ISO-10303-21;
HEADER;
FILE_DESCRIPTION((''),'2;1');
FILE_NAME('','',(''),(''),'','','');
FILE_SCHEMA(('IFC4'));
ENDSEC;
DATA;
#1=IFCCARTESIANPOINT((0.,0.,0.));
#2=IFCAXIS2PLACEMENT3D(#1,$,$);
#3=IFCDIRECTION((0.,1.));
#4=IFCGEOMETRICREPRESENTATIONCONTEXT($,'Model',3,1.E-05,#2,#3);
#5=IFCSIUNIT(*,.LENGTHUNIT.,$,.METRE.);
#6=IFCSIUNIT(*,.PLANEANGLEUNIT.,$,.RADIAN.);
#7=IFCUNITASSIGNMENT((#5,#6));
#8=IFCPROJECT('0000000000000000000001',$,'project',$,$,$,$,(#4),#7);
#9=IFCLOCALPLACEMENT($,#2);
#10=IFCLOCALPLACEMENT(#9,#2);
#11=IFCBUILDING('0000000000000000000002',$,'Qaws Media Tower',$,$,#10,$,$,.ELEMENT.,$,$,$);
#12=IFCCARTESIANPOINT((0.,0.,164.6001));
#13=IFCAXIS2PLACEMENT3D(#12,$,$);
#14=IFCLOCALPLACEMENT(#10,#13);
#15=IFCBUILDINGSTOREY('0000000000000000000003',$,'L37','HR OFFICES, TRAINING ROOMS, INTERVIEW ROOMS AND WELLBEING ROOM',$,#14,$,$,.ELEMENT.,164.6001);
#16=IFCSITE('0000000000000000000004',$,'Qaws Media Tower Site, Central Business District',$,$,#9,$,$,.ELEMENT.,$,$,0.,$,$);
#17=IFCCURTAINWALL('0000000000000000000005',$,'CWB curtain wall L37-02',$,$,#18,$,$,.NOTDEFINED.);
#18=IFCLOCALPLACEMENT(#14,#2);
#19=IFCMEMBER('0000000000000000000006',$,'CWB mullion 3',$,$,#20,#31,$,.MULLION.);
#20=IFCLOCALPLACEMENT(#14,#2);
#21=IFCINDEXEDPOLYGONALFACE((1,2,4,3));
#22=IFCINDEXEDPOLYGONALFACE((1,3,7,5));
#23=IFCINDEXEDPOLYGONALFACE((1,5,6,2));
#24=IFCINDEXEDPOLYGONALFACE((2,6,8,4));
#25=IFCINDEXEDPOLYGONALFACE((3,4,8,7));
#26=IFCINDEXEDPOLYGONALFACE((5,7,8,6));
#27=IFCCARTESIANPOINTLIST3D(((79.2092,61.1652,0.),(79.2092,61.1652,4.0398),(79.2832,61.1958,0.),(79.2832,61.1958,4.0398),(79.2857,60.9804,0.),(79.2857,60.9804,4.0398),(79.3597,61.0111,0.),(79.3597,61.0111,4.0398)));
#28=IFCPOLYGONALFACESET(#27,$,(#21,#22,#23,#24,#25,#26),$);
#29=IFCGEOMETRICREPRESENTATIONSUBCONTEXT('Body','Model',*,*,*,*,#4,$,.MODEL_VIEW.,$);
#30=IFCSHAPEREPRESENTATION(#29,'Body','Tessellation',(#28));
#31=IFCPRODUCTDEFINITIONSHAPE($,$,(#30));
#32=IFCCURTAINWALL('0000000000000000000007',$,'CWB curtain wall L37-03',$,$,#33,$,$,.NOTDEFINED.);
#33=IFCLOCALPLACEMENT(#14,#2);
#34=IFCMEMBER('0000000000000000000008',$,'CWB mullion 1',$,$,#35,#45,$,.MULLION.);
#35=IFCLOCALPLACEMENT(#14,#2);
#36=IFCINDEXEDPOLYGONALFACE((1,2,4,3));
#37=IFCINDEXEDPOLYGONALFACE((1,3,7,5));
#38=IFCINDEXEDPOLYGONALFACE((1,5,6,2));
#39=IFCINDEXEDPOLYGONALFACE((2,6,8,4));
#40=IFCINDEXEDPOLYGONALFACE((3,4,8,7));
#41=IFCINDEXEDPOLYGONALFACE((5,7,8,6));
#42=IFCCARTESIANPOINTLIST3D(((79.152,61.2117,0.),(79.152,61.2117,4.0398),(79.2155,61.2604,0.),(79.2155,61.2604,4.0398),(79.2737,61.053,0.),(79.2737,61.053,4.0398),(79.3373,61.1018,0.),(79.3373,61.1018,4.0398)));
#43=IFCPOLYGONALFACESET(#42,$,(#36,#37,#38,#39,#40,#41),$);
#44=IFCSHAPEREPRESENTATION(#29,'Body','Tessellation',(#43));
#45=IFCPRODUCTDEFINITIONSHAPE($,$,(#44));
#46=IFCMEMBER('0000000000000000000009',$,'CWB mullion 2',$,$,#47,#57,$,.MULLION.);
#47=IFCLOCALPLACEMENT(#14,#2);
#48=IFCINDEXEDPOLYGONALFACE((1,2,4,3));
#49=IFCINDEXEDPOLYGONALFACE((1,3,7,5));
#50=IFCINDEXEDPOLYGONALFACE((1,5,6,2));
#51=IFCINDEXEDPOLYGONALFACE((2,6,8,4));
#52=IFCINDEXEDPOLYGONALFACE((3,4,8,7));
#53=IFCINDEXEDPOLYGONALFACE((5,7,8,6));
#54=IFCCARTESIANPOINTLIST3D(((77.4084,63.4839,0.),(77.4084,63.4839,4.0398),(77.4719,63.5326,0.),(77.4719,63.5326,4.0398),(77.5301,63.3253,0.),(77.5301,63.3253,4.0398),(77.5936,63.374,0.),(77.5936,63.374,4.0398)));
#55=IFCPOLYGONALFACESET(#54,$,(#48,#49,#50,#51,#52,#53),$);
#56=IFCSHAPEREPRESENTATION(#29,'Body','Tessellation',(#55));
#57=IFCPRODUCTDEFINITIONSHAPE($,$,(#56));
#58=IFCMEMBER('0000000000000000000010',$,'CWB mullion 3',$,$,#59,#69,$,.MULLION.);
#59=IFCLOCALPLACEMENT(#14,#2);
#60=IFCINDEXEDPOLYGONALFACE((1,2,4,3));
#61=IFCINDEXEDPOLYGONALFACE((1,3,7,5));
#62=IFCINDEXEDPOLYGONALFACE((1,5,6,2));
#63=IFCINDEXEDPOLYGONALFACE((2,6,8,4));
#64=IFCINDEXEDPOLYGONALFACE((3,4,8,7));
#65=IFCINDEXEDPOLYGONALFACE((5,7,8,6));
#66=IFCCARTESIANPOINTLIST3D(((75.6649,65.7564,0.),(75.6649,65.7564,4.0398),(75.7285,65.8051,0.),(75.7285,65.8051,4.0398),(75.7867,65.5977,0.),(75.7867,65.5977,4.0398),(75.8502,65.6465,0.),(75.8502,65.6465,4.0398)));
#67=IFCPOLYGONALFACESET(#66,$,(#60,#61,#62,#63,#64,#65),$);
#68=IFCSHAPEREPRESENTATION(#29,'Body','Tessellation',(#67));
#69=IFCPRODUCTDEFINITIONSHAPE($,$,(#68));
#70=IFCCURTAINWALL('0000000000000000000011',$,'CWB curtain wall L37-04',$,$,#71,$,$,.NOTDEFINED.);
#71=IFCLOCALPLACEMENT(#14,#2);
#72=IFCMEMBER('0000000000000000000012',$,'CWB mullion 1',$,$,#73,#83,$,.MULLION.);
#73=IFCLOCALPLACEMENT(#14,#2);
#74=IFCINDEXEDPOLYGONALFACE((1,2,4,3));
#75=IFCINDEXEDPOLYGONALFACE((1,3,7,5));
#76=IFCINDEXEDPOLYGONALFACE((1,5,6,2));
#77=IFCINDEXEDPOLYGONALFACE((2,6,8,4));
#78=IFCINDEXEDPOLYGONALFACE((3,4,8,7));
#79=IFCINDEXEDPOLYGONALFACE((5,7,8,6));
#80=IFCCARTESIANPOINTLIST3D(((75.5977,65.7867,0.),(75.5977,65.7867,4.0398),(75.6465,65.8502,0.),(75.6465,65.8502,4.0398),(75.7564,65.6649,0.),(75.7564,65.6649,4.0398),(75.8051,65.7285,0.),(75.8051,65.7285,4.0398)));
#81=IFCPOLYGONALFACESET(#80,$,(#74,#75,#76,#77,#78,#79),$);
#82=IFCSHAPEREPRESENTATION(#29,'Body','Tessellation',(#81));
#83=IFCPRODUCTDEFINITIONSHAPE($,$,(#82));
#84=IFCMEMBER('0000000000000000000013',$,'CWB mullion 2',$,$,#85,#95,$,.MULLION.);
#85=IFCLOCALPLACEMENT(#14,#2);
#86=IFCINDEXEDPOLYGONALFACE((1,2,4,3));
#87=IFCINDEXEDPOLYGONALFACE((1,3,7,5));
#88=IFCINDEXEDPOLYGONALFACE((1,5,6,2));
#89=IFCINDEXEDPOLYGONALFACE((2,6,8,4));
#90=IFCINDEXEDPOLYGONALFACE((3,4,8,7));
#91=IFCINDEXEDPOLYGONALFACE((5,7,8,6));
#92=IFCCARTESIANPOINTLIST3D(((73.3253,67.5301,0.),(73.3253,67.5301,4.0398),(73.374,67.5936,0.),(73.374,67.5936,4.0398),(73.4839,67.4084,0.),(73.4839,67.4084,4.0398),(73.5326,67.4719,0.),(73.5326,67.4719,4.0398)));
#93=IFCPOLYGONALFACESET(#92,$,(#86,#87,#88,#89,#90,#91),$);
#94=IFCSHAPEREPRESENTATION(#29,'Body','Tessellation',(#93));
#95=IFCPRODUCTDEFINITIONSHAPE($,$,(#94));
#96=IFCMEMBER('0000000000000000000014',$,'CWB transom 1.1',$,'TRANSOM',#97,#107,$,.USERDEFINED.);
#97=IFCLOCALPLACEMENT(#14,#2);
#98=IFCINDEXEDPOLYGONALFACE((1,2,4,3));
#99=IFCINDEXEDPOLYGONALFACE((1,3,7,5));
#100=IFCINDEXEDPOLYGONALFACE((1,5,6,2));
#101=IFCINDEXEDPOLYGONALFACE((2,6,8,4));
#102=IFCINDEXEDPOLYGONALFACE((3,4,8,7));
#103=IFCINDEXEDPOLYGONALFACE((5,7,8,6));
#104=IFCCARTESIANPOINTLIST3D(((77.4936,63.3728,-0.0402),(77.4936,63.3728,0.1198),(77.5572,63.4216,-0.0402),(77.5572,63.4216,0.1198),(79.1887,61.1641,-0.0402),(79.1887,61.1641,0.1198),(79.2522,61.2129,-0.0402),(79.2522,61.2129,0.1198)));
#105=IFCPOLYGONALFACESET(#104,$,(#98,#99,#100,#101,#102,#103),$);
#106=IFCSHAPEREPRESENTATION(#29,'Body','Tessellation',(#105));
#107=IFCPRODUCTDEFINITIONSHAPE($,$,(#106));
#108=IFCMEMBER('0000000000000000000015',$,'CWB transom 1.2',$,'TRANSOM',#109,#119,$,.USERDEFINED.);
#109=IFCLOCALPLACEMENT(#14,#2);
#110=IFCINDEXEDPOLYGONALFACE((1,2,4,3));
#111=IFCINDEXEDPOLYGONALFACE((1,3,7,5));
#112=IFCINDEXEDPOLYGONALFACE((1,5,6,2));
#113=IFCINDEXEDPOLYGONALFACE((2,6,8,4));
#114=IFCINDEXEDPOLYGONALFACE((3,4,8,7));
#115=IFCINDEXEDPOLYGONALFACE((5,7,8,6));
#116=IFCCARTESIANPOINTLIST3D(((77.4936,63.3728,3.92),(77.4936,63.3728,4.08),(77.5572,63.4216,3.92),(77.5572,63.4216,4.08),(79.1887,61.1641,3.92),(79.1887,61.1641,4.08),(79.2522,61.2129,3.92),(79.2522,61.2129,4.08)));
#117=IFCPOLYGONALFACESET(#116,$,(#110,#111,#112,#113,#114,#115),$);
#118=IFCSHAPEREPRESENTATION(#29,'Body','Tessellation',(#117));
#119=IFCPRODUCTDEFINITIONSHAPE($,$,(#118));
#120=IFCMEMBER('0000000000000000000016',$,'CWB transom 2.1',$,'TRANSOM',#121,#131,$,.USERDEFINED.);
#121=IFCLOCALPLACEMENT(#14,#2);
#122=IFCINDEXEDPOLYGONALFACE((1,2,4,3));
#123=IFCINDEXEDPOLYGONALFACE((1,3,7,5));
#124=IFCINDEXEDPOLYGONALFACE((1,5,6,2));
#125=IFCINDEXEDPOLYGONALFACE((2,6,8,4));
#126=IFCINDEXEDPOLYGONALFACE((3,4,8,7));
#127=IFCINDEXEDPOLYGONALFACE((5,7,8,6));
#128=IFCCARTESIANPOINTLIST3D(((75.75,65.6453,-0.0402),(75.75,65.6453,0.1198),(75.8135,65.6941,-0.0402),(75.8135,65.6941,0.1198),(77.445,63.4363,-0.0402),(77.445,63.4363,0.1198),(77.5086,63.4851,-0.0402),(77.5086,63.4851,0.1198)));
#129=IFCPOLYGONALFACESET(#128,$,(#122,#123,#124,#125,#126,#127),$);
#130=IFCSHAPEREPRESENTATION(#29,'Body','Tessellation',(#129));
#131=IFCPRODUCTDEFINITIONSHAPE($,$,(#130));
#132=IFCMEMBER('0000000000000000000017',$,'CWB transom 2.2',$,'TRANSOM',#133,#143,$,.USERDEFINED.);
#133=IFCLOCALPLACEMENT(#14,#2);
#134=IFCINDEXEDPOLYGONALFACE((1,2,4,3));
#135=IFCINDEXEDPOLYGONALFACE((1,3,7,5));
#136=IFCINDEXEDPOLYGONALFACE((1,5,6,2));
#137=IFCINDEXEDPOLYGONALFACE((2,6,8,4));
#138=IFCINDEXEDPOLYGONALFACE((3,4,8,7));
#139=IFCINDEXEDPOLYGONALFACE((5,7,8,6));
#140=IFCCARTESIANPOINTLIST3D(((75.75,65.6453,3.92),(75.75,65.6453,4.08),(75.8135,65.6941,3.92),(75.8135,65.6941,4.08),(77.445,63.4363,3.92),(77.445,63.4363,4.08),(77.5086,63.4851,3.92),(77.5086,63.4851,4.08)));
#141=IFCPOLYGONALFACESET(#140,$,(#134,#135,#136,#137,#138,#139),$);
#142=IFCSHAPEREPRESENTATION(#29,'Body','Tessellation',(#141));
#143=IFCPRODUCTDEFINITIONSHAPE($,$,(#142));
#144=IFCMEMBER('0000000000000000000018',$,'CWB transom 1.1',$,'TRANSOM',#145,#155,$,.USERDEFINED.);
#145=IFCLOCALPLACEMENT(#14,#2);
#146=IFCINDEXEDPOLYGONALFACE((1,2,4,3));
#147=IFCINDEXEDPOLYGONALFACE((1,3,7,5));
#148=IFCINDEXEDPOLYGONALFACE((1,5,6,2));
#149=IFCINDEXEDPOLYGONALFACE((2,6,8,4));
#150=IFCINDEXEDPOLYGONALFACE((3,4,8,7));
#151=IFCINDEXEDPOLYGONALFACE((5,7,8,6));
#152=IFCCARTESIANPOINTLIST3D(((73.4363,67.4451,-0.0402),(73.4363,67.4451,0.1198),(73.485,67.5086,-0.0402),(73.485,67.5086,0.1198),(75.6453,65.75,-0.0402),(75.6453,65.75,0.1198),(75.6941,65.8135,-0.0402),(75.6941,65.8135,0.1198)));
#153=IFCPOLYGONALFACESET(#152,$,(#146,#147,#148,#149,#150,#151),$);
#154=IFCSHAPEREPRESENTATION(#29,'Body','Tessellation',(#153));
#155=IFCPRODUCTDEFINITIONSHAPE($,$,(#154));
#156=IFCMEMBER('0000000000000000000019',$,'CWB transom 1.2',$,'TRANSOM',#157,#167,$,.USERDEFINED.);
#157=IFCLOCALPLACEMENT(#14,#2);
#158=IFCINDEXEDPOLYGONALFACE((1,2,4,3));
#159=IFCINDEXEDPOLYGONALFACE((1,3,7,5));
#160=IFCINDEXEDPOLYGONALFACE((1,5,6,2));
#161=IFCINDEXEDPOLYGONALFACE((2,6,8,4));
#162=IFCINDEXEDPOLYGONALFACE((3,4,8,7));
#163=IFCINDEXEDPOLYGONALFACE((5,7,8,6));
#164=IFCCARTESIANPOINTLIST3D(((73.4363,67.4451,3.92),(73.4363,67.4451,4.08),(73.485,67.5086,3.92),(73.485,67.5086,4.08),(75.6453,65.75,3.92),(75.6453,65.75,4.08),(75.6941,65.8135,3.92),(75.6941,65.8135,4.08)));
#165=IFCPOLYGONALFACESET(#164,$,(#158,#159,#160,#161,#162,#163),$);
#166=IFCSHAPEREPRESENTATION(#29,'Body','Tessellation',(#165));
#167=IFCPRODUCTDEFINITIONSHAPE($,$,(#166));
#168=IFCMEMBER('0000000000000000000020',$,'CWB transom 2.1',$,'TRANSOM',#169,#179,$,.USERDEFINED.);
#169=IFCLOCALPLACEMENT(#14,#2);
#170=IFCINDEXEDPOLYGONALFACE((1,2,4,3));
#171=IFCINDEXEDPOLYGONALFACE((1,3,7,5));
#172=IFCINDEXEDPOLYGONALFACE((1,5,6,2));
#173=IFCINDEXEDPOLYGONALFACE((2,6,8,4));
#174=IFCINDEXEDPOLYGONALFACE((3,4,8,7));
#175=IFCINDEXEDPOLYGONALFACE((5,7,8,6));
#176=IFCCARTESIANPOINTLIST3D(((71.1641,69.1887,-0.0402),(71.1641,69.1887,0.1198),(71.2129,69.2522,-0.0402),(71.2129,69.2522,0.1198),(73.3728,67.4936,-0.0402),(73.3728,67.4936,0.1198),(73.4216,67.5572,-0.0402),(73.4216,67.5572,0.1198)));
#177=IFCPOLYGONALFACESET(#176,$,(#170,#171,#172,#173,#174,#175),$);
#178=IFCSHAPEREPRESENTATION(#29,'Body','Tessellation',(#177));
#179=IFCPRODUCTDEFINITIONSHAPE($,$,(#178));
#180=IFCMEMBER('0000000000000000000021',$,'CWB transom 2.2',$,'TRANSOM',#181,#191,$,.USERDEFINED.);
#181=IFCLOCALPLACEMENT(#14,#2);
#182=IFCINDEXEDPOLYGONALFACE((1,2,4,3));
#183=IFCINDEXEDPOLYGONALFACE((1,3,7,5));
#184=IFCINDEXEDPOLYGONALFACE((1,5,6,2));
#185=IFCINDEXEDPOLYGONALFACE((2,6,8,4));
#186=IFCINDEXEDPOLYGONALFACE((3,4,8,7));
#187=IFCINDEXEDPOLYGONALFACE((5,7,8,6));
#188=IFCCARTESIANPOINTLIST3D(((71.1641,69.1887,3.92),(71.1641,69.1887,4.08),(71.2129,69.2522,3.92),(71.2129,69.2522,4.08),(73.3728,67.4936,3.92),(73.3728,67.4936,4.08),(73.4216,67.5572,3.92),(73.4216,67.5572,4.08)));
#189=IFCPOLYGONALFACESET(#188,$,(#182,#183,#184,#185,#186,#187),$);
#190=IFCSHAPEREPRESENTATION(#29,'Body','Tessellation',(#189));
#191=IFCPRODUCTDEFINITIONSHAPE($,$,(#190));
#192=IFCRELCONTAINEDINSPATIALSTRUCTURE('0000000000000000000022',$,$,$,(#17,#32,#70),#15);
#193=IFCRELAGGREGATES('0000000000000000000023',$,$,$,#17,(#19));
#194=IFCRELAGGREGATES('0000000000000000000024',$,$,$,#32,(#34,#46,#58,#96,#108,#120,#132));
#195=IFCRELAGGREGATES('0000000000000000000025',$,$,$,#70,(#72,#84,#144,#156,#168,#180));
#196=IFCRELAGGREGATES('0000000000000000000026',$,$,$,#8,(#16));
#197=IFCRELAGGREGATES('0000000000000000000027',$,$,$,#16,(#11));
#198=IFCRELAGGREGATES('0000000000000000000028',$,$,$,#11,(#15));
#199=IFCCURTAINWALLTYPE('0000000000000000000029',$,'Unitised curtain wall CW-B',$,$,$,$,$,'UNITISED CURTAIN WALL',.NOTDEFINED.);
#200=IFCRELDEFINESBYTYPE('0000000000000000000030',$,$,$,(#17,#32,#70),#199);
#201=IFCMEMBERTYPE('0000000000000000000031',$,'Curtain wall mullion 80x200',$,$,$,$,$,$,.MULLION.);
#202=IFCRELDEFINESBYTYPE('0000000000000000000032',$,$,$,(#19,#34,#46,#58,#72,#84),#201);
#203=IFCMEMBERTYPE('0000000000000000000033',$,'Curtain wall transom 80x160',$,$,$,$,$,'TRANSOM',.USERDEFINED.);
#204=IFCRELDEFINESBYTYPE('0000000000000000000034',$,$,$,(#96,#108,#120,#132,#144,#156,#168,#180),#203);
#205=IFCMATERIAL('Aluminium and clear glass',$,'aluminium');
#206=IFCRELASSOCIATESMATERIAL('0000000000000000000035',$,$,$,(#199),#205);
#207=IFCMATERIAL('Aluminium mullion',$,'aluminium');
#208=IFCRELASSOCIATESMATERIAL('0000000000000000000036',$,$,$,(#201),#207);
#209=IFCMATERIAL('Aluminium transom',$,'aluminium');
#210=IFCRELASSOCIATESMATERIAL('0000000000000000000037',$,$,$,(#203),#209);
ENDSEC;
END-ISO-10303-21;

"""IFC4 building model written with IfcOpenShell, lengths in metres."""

from ifc_helpers import new_model, si_unit, direction, frame, origin, origin_2d, place, context, subcontext, project, spatial, rectangle, extrude, material, material_profile, profile_set, type_object, element, aggregate, save


model = new_model("IFC4")

# Units and contexts
model_context = context("Model", 3, precision=1e-05, world=origin(), true_north=direction((0.0, 1.0)))
body_context = subcontext(model_context, "Body", "Model", "MODEL_VIEW")
ifc_project = project(units=[si_unit("LENGTHUNIT", "METRE"), si_unit("PLANEANGLEUNIT", "RADIAN")], contexts=[model_context])

# Site, building, storey
site_placement = place(None, origin())
site = spatial("IfcSite", under=ifc_project, at=site_placement, Name="Qaws Media Tower Site, Central Business District", CompositionType="ELEMENT", RefElevation=0.0)
building_placement = place(site_placement, origin())
building = spatial("IfcBuilding", under=site, at=building_placement, Name="Qaws Media Tower", CompositionType="ELEMENT")
storey_placement = place(building_placement, frame((0.0, 0.0, 164.6001)))
storey = spatial("IfcBuildingStorey", under=building, at=storey_placement, Name="L37", Description="HR OFFICES, TRAINING ROOMS, INTERVIEW ROOMS AND WELLBEING ROOM", CompositionType="ELEMENT", Elevation=164.6001)

# Curtain wall, member
ifc_material_1 = material(Name="Aluminium and clear glass", Category="aluminium")
curtain_wall_type = type_object("IfcCurtainWallType", Name="Unitised curtain wall CW-B", ElementType="UNITISED CURTAIN WALL", PredefinedType="NOTDEFINED", material=ifc_material_1)
curtain_wall_1_placement = place(storey_placement, origin())
curtain_wall_1 = element("IfcCurtainWall", 1, at=curtain_wall_1_placement, inside=storey, type_object=curtain_wall_type, Name="CWB curtain wall L37-02", PredefinedType="NOTDEFINED")
ifc_material_2 = material(Name="Aluminium mullion", Category="aluminium")
ifc_material_profile_1 = material_profile(ifc_material_2, rectangle(XDim=0.0801, YDim=0.2, at=origin_2d()), Name="80x200")
ifc_profile_set_1 = profile_set([ifc_material_profile_1], Name="Aluminium mullion")
member_type_1 = type_object("IfcMemberType", Name="Curtain wall mullion 80x200", PredefinedType="MULLION", material=ifc_profile_set_1)
member_1_placement = place(storey_placement, frame((79.2844, 61.0881, 0.0), z_axis=(0.0, 0.0, 1.0), x_axis=(-0.923879, -0.382684, 0.0)))
member_1 = element("IfcMember", 2, at=member_1_placement, type_object=member_type_1, Name="CWB mullion 3", PredefinedType="MULLION", context=body_context, shape_type="SweptSolid", body=[
    extrude(rectangle(XDim=0.0801, YDim=0.2, at=origin_2d()), origin(), (0.0, 0.0, 1.0), 4.0398),
])
aggregate(curtain_wall_1, [member_1])

# Curtain walls, members
curtain_wall_2_placement = place(storey_placement, origin())
curtain_wall_2 = element("IfcCurtainWall", 3, at=curtain_wall_2_placement, inside=storey, type_object=curtain_wall_type, Name="CWB curtain wall L37-03", PredefinedType="NOTDEFINED")
member_2_placement = place(storey_placement, frame((79.2446, 61.1567, 0.0), z_axis=(0.0, 0.0, 1.0), x_axis=(-0.793353, -0.608761, 0.0)))
member_2 = element("IfcMember", 4, at=member_2_placement, type_object=member_type_1, Name="CWB mullion 1", PredefinedType="MULLION", context=body_context, shape_type="SweptSolid", body=[
    extrude(rectangle(XDim=0.0801, YDim=0.2, at=origin_2d()), origin(), (0.0, 0.0, 1.0), 4.0398),
])
member_3_placement = place(storey_placement, frame((77.501, 63.429, 0.0), z_axis=(0.0, 0.0, 1.0), x_axis=(-0.793353, -0.608761, 0.0)))
member_3 = element("IfcMember", 5, at=member_3_placement, type_object=member_type_1, Name="CWB mullion 2", PredefinedType="MULLION", context=body_context, shape_type="SweptSolid", body=[
    extrude(rectangle(XDim=0.0801, YDim=0.2, at=origin_2d()), origin(), (0.0, 0.0, 1.0), 4.0398),
])
member_4_placement = place(storey_placement, frame((75.7576, 65.7014, 0.0), z_axis=(0.0, 0.0, 1.0), x_axis=(-0.793353, -0.608761, 0.0)))
member_4 = element("IfcMember", 6, at=member_4_placement, type_object=member_type_1, Name="CWB mullion 3", PredefinedType="MULLION", context=body_context, shape_type="SweptSolid", body=[
    extrude(rectangle(XDim=0.0801, YDim=0.2, at=origin_2d()), origin(), (0.0, 0.0, 1.0), 4.0398),
])
curtain_wall_3_placement = place(storey_placement, origin())
curtain_wall_3 = element("IfcCurtainWall", 7, at=curtain_wall_3_placement, inside=storey, type_object=curtain_wall_type, Name="CWB curtain wall L37-04", PredefinedType="NOTDEFINED")
member_5_placement = place(storey_placement, frame((75.7014, 65.7576, 0.0), z_axis=(0.0, 0.0, 1.0), x_axis=(-0.608761, -0.793353, 0.0)))
member_5 = element("IfcMember", 8, at=member_5_placement, type_object=member_type_1, Name="CWB mullion 1", PredefinedType="MULLION", context=body_context, shape_type="SweptSolid", body=[
    extrude(rectangle(XDim=0.0801, YDim=0.2, at=origin_2d()), origin(), (0.0, 0.0, 1.0), 4.0398),
])
member_6_placement = place(storey_placement, frame((73.429, 67.501, 0.0), z_axis=(0.0, 0.0, 1.0), x_axis=(-0.608761, -0.793353, 0.0)))
member_6 = element("IfcMember", 9, at=member_6_placement, type_object=member_type_1, Name="CWB mullion 2", PredefinedType="MULLION", context=body_context, shape_type="SweptSolid", body=[
    extrude(rectangle(XDim=0.0801, YDim=0.2, at=origin_2d()), origin(), (0.0, 0.0, 1.0), 4.0398),
])

# Members
ifc_material_3 = material(Name="Aluminium transom", Category="aluminium")
ifc_material_profile_2 = material_profile(ifc_material_3, rectangle(XDim=0.0801, YDim=0.1599, at=origin_2d()), Name="80x160")
ifc_profile_set_2 = profile_set([ifc_material_profile_2], Name="Aluminium transom")
member_type_2 = type_object("IfcMemberType", Name="Curtain wall transom 80x160", ElementType="TRANSOM", PredefinedType="USERDEFINED", material=ifc_profile_set_2)
member_7_placement = place(storey_placement, frame((79.2205, 61.1885, 0.0398), z_axis=(-0.608816, 0.793311, 0.0), x_axis=(-0.793311, -0.608816, 0.0)))
member_7 = element("IfcMember", 10, at=member_7_placement, type_object=member_type_2, Name="CWB transom 1.1", ObjectType="TRANSOM", PredefinedType="USERDEFINED", context=body_context, shape_type="SweptSolid", body=[
    extrude(rectangle(XDim=0.0801, YDim=0.1599, at=origin_2d()), origin(), (0.0, 0.0, 1.0), 2.7842),
])
member_8_placement = place(storey_placement, frame((79.2205, 61.1885, 4.0), z_axis=(-0.608816, 0.793311, 0.0), x_axis=(-0.793311, -0.608816, 0.0)))
member_8 = element("IfcMember", 11, at=member_8_placement, type_object=member_type_2, Name="CWB transom 1.2", ObjectType="TRANSOM", PredefinedType="USERDEFINED", context=body_context, shape_type="SweptSolid", body=[
    extrude(rectangle(XDim=0.0801, YDim=0.1599, at=origin_2d()), origin(), (0.0, 0.0, 1.0), 2.7842),
])
member_9_placement = place(storey_placement, frame((77.4768, 63.4607, 0.0398), z_axis=(-0.608774, 0.793344, 0.0), x_axis=(-0.793344, -0.608774, 0.0)))
member_9 = element("IfcMember", 12, at=member_9_placement, type_object=member_type_2, Name="CWB transom 2.1", ObjectType="TRANSOM", PredefinedType="USERDEFINED", context=body_context, shape_type="SweptSolid", body=[
    extrude(rectangle(XDim=0.0801, YDim=0.1599, at=origin_2d()), origin(), (0.0, 0.0, 1.0), 2.7844),
])
member_10_placement = place(storey_placement, frame((77.4768, 63.4607, 4.0), z_axis=(-0.608774, 0.793344, 0.0), x_axis=(-0.793344, -0.608774, 0.0)))
member_10 = element("IfcMember", 13, at=member_10_placement, type_object=member_type_2, Name="CWB transom 2.2", ObjectType="TRANSOM", PredefinedType="USERDEFINED", context=body_context, shape_type="SweptSolid", body=[
    extrude(rectangle(XDim=0.0801, YDim=0.1599, at=origin_2d()), origin(), (0.0, 0.0, 1.0), 2.7844),
])
member_11_placement = place(storey_placement, frame((75.6697, 65.7817, 0.0398), z_axis=(-0.793344, 0.608774, 0.0), x_axis=(-0.608774, -0.793344, 0.0)))
member_11 = element("IfcMember", 14, at=member_11_placement, type_object=member_type_2, Name="CWB transom 1.1", ObjectType="TRANSOM", PredefinedType="USERDEFINED", context=body_context, shape_type="SweptSolid", body=[
    extrude(rectangle(XDim=0.0801, YDim=0.1599, at=origin_2d()), origin(), (0.0, 0.0, 1.0), 2.7844),
])
member_12_placement = place(storey_placement, frame((75.6697, 65.7817, 4.0), z_axis=(-0.793344, 0.608774, 0.0), x_axis=(-0.608774, -0.793344, 0.0)))
member_12 = element("IfcMember", 15, at=member_12_placement, type_object=member_type_2, Name="CWB transom 1.2", ObjectType="TRANSOM", PredefinedType="USERDEFINED", context=body_context, shape_type="SweptSolid", body=[
    extrude(rectangle(XDim=0.0801, YDim=0.1599, at=origin_2d()), origin(), (0.0, 0.0, 1.0), 2.7844),
])
member_13_placement = place(storey_placement, frame((73.3972, 67.5254, 0.0398), z_axis=(-0.793311, 0.608816, 0.0), x_axis=(-0.608816, -0.793311, 0.0)))
member_13 = element("IfcMember", 16, at=member_13_placement, type_object=member_type_2, Name="CWB transom 2.1", ObjectType="TRANSOM", PredefinedType="USERDEFINED", context=body_context, shape_type="SweptSolid", body=[
    extrude(rectangle(XDim=0.0801, YDim=0.1599, at=origin_2d()), origin(), (0.0, 0.0, 1.0), 2.7842),
])
member_14_placement = place(storey_placement, frame((73.3972, 67.5254, 4.0), z_axis=(-0.793311, 0.608816, 0.0), x_axis=(-0.608816, -0.793311, 0.0)))
member_14 = element("IfcMember", 17, at=member_14_placement, type_object=member_type_2, Name="CWB transom 2.2", ObjectType="TRANSOM", PredefinedType="USERDEFINED", context=body_context, shape_type="SweptSolid", body=[
    extrude(rectangle(XDim=0.0801, YDim=0.1599, at=origin_2d()), origin(), (0.0, 0.0, 1.0), 2.7842),
])

aggregate(curtain_wall_2, [member_2, member_3, member_4, member_7, member_8, member_9, member_10])
aggregate(curtain_wall_3, [member_5, member_6, member_11, member_12, member_13, member_14])

save(model, "model.ifc")
